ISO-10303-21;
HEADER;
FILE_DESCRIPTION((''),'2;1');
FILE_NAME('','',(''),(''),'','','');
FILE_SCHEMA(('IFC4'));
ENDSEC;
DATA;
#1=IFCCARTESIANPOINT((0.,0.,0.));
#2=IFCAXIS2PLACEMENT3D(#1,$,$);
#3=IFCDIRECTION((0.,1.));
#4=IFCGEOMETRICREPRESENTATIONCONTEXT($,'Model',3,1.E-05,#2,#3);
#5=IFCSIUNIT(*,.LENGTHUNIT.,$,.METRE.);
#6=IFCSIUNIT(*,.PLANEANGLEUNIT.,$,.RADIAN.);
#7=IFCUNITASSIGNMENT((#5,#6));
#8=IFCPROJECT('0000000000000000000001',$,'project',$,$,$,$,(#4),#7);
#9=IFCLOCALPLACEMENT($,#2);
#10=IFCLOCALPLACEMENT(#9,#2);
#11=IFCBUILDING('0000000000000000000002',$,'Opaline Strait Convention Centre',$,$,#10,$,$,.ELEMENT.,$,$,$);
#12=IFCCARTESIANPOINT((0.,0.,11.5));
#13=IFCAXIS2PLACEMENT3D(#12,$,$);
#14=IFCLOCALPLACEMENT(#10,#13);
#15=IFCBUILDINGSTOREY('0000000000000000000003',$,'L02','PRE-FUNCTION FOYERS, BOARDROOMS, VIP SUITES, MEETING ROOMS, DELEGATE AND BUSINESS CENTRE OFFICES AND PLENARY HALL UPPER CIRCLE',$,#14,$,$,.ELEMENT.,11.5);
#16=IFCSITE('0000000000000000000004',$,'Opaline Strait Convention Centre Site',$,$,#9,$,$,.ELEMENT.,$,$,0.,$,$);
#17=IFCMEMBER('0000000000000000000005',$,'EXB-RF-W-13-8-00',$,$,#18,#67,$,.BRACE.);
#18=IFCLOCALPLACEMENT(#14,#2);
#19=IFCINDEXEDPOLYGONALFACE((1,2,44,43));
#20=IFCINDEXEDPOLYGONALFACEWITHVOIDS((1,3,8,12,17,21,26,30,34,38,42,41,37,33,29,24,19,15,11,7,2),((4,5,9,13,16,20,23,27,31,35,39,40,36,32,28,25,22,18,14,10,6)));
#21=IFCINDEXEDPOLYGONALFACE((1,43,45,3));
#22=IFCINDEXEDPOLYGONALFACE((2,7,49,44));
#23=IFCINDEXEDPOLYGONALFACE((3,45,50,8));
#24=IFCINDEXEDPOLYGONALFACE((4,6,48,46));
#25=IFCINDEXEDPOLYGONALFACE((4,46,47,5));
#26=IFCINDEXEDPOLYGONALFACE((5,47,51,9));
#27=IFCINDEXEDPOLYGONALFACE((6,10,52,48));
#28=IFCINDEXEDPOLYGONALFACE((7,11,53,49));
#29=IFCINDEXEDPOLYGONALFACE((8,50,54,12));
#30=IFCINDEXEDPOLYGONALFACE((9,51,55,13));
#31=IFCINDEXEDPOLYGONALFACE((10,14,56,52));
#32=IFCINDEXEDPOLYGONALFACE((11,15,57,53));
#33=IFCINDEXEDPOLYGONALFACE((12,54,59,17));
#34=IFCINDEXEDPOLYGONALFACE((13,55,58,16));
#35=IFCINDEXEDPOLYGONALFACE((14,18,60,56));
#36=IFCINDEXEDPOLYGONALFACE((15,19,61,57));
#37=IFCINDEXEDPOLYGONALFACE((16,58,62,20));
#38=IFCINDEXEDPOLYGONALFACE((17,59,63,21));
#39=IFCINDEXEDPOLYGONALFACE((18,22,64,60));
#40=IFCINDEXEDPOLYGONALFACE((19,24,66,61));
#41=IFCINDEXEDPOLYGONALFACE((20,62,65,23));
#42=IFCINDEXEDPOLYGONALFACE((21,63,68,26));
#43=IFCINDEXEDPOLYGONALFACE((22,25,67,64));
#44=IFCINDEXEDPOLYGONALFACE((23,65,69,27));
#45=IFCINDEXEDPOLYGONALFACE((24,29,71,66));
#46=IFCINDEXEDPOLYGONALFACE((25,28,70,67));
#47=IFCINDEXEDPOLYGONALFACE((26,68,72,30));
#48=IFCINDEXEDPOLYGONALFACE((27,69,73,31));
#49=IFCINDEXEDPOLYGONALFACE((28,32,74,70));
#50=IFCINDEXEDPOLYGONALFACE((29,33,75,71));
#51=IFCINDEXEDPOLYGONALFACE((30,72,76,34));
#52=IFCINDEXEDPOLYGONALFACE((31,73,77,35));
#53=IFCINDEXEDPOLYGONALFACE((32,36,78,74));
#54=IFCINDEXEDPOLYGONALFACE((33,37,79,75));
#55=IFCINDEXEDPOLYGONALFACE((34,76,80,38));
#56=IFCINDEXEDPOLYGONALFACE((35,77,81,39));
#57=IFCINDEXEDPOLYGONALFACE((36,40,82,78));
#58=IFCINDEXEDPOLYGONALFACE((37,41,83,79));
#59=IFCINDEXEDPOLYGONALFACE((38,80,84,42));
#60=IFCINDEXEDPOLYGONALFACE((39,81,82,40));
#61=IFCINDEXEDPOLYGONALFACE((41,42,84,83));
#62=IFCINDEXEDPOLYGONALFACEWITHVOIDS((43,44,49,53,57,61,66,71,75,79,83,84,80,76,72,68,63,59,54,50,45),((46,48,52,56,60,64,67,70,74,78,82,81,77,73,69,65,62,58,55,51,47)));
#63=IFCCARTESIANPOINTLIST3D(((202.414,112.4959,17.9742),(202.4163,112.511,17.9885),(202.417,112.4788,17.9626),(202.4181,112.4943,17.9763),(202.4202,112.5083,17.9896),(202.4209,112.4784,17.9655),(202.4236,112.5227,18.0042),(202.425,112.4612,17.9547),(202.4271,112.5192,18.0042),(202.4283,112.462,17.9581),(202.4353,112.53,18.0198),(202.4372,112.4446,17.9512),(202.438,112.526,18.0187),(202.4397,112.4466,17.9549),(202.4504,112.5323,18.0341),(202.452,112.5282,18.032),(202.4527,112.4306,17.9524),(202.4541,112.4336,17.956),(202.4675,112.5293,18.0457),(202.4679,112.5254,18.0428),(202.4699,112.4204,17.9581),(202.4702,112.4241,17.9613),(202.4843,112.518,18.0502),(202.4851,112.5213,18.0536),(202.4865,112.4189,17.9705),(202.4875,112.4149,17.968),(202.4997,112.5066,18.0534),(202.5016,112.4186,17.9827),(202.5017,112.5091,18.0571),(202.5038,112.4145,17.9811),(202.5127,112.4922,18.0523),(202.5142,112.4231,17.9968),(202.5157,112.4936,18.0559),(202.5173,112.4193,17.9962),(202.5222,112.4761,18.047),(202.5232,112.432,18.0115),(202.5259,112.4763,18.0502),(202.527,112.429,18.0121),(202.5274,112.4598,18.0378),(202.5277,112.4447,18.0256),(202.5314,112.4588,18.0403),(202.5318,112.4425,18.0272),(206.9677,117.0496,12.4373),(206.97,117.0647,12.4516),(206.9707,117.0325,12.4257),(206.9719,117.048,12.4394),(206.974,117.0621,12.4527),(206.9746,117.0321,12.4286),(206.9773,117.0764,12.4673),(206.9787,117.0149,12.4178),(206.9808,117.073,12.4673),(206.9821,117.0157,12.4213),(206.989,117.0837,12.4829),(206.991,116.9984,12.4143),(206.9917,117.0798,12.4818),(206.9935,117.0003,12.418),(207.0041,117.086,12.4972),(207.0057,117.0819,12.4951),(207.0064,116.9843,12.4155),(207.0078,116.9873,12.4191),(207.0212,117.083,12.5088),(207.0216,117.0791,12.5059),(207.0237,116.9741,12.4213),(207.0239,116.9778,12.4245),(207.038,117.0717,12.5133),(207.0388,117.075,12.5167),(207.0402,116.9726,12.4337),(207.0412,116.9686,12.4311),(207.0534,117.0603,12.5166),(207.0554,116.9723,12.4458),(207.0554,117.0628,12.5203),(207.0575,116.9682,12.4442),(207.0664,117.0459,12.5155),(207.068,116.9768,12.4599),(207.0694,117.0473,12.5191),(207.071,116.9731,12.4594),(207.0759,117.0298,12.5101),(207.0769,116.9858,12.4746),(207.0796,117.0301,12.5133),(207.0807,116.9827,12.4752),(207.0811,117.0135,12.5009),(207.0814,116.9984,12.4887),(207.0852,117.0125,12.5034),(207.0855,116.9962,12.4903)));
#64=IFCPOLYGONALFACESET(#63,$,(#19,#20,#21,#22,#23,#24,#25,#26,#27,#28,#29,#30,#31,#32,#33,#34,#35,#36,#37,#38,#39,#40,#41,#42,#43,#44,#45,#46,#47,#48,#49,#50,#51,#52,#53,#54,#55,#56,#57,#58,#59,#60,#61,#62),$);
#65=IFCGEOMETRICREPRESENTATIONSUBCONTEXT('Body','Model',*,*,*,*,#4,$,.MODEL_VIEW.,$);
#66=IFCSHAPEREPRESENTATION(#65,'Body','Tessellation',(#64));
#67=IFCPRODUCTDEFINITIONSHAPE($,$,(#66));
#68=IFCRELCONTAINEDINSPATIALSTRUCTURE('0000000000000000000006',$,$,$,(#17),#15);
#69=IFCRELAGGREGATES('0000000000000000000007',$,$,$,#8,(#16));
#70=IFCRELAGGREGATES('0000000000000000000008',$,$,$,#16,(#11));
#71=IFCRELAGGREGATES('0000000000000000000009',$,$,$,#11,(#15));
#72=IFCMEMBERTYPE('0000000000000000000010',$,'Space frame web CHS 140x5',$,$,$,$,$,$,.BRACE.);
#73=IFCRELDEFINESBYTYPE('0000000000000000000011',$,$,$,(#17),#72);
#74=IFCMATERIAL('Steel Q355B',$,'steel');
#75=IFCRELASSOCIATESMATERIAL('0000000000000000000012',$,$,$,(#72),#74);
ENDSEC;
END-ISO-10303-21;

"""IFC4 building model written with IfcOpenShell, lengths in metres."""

from ifc_helpers import new_model, si_unit, direction, frame, origin, origin_2d, place, context, subcontext, project, spatial, hollow_circle, extrude, material, material_profile, profile_set, type_object, element, save


model = new_model("IFC4")

# Units and contexts
model_context = context("Model", 3, precision=1e-05, world=origin(), true_north=direction((0.0, 1.0)))
body_context = subcontext(model_context, "Body", "Model", "MODEL_VIEW")
ifc_project = project(units=[si_unit("LENGTHUNIT", "METRE"), si_unit("PLANEANGLEUNIT", "RADIAN")], contexts=[model_context])

# Site, building, storey
site_placement = place(None, origin())
site = spatial("IfcSite", under=ifc_project, at=site_placement, Name="Opaline Strait Convention Centre Site", CompositionType="ELEMENT", RefElevation=0.0)
building_placement = place(site_placement, origin())
building = spatial("IfcBuilding", under=site, at=building_placement, Name="Opaline Strait Convention Centre", CompositionType="ELEMENT")
storey_placement = place(building_placement, frame((0.0, 0.0, 11.5)))
storey = spatial("IfcBuildingStorey", under=building, at=storey_placement, Name="L02", Description="PRE-FUNCTION FOYERS, BOARDROOMS, VIP SUITES, MEETING ROOMS, DELEGATE AND BUSINESS CENTRE OFFICES AND PLENARY HALL UPPER CIRCLE", CompositionType="ELEMENT", Elevation=11.5)

# Member
ifc_material = material(Name="Steel Q355B", Category="steel")
ifc_material_profile_1 = material_profile(ifc_material, hollow_circle(Radius=0.0701, WallThickness=0.0049, at=origin_2d()), Name="CHS 140x5")
ifc_profile_set_1 = profile_set([ifc_material_profile_1], Name="Steel Q355B")
member_type_1 = type_object("IfcMemberType", Name="Space frame web CHS 140x5", PredefinedType="BRACE", material=ifc_profile_set_1)
for number, where, z_axis, x_axis, name in (
    (1, (202.4731, 112.4731, 18.0042), (0.536178, 0.536178, -0.65194), (-0.707107, 0.707107, 0.0), "EXB-RF-W-13-8-00"),
):
    element("IfcMember", number, at=place(storey_placement, frame(where, z_axis=z_axis, x_axis=x_axis)), inside=storey, type_object=member_type_1, Name=name, PredefinedType="BRACE", context=body_context, shape_type="SweptSolid", body=[
        extrude(hollow_circle(Radius=0.0701, WallThickness=0.0049, at=origin_2d()), origin(), (0.0, 0.0, 1.0), 8.4929),
    ])

save(model, "model.ifc")
